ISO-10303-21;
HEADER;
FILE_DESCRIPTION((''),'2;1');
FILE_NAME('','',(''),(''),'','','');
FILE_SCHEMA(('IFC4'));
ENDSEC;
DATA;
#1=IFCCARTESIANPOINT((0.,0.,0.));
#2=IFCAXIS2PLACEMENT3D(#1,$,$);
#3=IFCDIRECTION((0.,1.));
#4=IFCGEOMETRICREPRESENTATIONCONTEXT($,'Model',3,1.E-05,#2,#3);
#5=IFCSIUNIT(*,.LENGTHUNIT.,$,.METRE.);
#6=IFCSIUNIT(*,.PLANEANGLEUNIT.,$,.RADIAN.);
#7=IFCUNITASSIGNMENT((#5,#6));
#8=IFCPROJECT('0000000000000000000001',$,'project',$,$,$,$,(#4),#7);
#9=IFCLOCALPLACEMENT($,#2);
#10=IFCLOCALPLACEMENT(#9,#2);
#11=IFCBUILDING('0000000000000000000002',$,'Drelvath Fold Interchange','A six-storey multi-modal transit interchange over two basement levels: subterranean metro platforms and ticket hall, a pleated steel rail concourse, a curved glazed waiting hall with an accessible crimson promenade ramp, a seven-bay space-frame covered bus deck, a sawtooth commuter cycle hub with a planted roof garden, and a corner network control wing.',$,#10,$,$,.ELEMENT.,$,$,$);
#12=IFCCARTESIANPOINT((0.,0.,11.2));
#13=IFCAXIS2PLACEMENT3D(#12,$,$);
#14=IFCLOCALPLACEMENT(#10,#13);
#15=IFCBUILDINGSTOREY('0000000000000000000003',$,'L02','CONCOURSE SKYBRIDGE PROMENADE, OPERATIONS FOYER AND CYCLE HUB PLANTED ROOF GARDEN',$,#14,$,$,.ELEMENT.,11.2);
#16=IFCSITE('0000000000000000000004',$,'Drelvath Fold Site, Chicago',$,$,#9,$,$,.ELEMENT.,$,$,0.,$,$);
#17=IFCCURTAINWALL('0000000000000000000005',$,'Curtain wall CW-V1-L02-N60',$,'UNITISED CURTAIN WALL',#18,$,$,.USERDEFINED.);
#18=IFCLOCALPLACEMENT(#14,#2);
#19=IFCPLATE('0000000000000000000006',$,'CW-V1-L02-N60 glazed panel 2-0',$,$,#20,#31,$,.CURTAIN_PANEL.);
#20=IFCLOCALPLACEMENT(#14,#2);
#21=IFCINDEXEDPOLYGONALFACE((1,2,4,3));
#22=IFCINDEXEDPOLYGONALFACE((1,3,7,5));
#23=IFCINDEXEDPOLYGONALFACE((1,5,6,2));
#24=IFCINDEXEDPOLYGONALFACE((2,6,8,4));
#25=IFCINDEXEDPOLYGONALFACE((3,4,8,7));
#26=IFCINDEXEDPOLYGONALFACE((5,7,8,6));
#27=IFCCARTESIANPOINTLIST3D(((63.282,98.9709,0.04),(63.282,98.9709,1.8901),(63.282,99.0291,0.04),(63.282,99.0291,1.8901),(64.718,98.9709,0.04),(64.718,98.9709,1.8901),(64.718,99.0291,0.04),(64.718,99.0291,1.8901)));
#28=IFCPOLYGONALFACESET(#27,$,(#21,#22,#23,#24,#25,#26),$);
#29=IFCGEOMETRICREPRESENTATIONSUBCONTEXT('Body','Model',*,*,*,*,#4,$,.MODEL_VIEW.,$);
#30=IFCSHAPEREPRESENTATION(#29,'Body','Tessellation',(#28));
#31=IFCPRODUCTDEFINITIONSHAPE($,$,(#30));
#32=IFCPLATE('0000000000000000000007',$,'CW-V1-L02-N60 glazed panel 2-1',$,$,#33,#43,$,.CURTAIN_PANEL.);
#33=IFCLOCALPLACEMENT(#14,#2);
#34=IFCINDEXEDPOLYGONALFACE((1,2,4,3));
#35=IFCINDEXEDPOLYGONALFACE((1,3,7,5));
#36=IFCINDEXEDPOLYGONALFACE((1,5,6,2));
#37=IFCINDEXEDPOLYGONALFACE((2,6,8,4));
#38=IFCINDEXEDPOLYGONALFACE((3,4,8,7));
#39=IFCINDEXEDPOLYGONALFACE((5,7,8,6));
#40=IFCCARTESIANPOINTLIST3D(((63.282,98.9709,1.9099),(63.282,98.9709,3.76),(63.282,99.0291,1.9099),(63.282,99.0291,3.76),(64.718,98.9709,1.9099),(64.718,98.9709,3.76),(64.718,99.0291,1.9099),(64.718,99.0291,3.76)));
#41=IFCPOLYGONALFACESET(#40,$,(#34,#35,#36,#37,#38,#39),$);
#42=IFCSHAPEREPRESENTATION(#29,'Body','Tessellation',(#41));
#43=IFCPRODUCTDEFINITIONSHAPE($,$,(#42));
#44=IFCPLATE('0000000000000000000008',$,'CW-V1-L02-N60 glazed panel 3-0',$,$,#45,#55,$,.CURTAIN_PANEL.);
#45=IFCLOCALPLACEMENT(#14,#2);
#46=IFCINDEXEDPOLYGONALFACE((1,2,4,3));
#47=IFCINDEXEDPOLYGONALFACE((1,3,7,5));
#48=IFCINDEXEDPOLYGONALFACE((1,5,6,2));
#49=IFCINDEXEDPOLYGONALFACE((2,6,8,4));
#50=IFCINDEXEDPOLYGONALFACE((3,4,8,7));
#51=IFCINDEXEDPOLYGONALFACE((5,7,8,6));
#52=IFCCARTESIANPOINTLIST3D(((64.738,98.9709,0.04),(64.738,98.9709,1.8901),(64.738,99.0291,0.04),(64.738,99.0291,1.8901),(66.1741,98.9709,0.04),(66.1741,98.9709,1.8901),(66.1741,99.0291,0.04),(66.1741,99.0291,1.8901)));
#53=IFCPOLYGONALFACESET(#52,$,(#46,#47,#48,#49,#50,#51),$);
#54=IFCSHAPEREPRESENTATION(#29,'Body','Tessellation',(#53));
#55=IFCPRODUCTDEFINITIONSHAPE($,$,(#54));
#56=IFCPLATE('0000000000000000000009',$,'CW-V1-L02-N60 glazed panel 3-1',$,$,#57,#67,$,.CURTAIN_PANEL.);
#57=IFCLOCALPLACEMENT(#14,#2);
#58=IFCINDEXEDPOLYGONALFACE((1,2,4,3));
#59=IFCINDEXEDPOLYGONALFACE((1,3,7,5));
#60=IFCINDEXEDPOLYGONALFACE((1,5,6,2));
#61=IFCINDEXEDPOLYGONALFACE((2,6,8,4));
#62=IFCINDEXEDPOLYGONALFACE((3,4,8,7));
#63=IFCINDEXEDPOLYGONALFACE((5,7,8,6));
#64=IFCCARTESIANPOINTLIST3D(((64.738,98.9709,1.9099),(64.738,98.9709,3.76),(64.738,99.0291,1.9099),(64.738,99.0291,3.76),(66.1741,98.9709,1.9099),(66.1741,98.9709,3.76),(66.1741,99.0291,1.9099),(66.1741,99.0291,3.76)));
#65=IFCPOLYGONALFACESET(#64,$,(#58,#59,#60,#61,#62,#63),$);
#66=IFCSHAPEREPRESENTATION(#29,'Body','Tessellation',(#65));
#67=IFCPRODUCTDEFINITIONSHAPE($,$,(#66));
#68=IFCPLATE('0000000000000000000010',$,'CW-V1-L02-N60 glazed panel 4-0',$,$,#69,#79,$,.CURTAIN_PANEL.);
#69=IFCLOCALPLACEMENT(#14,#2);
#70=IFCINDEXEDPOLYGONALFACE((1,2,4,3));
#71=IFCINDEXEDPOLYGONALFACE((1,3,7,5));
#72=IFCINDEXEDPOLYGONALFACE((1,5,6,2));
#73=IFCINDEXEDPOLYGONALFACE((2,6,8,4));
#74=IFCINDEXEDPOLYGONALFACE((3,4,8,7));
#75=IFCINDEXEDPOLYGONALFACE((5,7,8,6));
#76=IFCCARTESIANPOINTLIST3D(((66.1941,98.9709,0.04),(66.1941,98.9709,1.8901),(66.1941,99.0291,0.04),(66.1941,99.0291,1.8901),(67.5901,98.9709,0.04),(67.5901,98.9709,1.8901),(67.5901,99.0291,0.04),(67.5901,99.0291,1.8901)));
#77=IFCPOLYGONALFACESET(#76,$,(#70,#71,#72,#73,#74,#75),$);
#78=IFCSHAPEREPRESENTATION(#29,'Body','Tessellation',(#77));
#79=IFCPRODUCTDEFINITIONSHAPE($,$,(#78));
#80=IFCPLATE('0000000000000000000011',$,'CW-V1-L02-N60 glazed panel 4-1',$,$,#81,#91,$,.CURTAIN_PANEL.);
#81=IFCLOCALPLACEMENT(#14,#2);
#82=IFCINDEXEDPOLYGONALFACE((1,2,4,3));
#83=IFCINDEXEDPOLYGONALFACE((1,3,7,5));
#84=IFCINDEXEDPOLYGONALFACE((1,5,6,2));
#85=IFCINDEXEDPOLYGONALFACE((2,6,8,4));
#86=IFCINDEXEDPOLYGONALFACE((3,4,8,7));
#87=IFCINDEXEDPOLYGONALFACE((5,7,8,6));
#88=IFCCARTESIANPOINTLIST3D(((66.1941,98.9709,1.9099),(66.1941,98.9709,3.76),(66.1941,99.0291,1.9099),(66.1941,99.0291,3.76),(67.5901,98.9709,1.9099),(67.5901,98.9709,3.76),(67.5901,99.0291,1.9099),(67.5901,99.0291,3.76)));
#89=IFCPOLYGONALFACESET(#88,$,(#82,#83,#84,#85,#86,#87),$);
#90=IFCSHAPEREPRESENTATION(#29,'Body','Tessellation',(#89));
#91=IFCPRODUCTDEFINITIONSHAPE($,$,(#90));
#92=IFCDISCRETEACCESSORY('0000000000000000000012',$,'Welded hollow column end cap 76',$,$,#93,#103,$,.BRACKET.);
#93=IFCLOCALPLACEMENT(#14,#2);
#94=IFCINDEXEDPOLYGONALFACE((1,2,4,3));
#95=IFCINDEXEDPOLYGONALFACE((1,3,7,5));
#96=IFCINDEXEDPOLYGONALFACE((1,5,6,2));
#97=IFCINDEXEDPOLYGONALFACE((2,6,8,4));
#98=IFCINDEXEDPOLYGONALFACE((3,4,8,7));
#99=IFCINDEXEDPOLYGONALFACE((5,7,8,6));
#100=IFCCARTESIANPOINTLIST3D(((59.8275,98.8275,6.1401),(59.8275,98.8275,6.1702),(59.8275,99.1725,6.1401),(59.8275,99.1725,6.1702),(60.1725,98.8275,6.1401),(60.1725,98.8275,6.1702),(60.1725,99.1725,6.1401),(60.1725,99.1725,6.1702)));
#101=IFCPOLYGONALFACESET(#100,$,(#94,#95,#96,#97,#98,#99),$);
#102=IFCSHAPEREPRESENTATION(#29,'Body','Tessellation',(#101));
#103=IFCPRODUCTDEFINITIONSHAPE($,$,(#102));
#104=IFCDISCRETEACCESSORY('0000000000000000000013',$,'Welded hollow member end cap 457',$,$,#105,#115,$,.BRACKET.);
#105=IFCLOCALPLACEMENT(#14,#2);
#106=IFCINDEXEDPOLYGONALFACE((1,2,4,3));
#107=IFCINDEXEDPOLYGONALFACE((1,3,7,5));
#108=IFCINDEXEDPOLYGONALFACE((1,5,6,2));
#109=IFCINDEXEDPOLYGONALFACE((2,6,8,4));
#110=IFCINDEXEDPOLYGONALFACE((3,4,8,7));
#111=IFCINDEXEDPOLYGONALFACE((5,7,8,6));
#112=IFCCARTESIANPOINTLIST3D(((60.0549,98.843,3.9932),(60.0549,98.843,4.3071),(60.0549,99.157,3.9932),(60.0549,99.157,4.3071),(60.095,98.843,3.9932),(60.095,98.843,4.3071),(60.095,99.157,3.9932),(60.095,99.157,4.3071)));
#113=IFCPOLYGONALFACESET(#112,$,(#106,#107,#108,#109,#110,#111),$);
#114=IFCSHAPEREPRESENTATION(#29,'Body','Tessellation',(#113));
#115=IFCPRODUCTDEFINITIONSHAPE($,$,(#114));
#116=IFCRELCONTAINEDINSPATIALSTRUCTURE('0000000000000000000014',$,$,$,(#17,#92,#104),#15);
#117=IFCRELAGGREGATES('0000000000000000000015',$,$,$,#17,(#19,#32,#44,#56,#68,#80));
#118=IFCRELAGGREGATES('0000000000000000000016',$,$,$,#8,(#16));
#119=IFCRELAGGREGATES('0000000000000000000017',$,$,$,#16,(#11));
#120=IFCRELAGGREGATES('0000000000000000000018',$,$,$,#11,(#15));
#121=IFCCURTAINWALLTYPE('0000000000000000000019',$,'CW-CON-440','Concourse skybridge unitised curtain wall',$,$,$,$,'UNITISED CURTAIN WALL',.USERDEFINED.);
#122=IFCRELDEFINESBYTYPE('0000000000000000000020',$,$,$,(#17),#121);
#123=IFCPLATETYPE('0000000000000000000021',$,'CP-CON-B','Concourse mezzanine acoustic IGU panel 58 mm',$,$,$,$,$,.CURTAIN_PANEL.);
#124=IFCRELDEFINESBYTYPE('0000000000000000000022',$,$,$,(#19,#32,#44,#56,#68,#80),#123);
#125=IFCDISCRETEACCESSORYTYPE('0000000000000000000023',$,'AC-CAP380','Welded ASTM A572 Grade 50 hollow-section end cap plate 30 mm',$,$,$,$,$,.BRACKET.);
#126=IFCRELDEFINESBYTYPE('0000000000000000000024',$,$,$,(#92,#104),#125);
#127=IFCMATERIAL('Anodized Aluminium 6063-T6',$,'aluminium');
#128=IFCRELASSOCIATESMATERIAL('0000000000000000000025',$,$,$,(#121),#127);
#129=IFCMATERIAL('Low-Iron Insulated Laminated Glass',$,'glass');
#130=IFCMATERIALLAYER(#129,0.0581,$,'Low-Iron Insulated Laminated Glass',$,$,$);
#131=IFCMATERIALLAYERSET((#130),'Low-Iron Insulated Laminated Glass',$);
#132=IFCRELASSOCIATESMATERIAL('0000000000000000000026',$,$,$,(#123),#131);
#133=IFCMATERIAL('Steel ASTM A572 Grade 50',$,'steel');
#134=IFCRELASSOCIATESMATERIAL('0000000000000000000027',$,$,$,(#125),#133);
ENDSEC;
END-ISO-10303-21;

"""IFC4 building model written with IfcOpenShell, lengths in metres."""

from ifc_helpers import new_model, si_unit, direction, frame, origin, origin_2d, place, context, subcontext, project, spatial, rectangle, extrude, material, layer, layer_set, type_object, element, aggregate, save


model = new_model("IFC4")

# Units and contexts
model_context = context("Model", 3, precision=1e-05, world=origin(), true_north=direction((0.0, 1.0)))
body_context = subcontext(model_context, "Body", "Model", "MODEL_VIEW")
ifc_project = project(units=[si_unit("LENGTHUNIT", "METRE"), si_unit("PLANEANGLEUNIT", "RADIAN")], contexts=[model_context])

# Site, building, storey
site_placement = place(None, origin())
site = spatial("IfcSite", under=ifc_project, at=site_placement, Name="Drelvath Fold Site, Chicago", CompositionType="ELEMENT", RefElevation=0.0)
building_placement = place(site_placement, origin())
building = spatial("IfcBuilding", under=site, at=building_placement, Name="Drelvath Fold Interchange", Description="A six-storey multi-modal transit interchange over two basement levels: subterranean metro platforms and ticket hall, a pleated steel rail concourse, a curved glazed waiting hall with an accessible crimson promenade ramp, a seven-bay space-frame covered bus deck, a sawtooth commuter cycle hub with a planted roof garden, and a corner network control wing.", CompositionType="ELEMENT")
storey_placement = place(building_placement, frame((0.0, 0.0, 11.2)))
storey = spatial("IfcBuildingStorey", under=building, at=storey_placement, Name="L02", Description="CONCOURSE SKYBRIDGE PROMENADE, OPERATIONS FOYER AND CYCLE HUB PLANTED ROOF GARDEN", CompositionType="ELEMENT", Elevation=11.2)

# Curtain wall, plates
ifc_material_1 = material(Name="Anodized Aluminium 6063-T6", Category="aluminium")
curtain_wall_type = type_object("IfcCurtainWallType", Name="CW-CON-440", Description="Concourse skybridge unitised curtain wall", ElementType="UNITISED CURTAIN WALL", PredefinedType="USERDEFINED", material=ifc_material_1)
curtain_wall_placement = place(storey_placement, origin())
curtain_wall = element("IfcCurtainWall", 1, at=curtain_wall_placement, inside=storey, type_object=curtain_wall_type, Name="Curtain wall CW-V1-L02-N60", ObjectType="UNITISED CURTAIN WALL", PredefinedType="USERDEFINED")
ifc_material_2 = material(Name="Low-Iron Insulated Laminated Glass", Category="glass")
ifc_layer = layer(ifc_material_2, 0.0581, Name="Low-Iron Insulated Laminated Glass")
ifc_layer_set = layer_set([ifc_layer], Name="Low-Iron Insulated Laminated Glass")
plate_type = type_object("IfcPlateType", Name="CP-CON-B", Description="Concourse mezzanine acoustic IGU panel 58 mm", PredefinedType="CURTAIN_PANEL", material=ifc_layer_set)
plate_1_placement = place(storey_placement, frame((64.0, 99.0, 0.04), z_axis=(0.0, 0.0, 1.0), x_axis=(1.0, 0.0, 0.0)))
plate_1 = element("IfcPlate", 2, at=plate_1_placement, type_object=plate_type, Name="CW-V1-L02-N60 glazed panel 2-0", PredefinedType="CURTAIN_PANEL", context=body_context, shape_type="SweptSolid", body=[
    extrude(rectangle(XDim=1.436, YDim=0.0581, at=origin_2d()), origin(), (0.0, 0.0, 1.0), 1.8501),
])
plate_2_placement = place(storey_placement, frame((64.0, 99.0, 1.9099), z_axis=(0.0, 0.0, 1.0), x_axis=(1.0, 0.0, 0.0)))
plate_2 = element("IfcPlate", 3, at=plate_2_placement, type_object=plate_type, Name="CW-V1-L02-N60 glazed panel 2-1", PredefinedType="CURTAIN_PANEL", context=body_context, shape_type="SweptSolid", body=[
    extrude(rectangle(XDim=1.436, YDim=0.0581, at=origin_2d()), origin(), (0.0, 0.0, 1.0), 1.8501),
])
plate_3_placement = place(storey_placement, frame((65.4561, 99.0, 0.04), z_axis=(0.0, 0.0, 1.0), x_axis=(1.0, 0.0, 0.0)))
plate_3 = element("IfcPlate", 4, at=plate_3_placement, type_object=plate_type, Name="CW-V1-L02-N60 glazed panel 3-0", PredefinedType="CURTAIN_PANEL", context=body_context, shape_type="SweptSolid", body=[
    extrude(rectangle(XDim=1.436, YDim=0.0581, at=origin_2d()), origin(), (0.0, 0.0, 1.0), 1.8501),
])
plate_4_placement = place(storey_placement, frame((65.4561, 99.0, 1.9099), z_axis=(0.0, 0.0, 1.0), x_axis=(1.0, 0.0, 0.0)))
plate_4 = element("IfcPlate", 5, at=plate_4_placement, type_object=plate_type, Name="CW-V1-L02-N60 glazed panel 3-1", PredefinedType="CURTAIN_PANEL", context=body_context, shape_type="SweptSolid", body=[
    extrude(rectangle(XDim=1.436, YDim=0.0581, at=origin_2d()), origin(), (0.0, 0.0, 1.0), 1.8501),
])
plate_5_placement = place(storey_placement, frame((66.8921, 99.0, 0.04), z_axis=(0.0, 0.0, 1.0), x_axis=(1.0, 0.0, 0.0)))
plate_5 = element("IfcPlate", 6, at=plate_5_placement, type_object=plate_type, Name="CW-V1-L02-N60 glazed panel 4-0", PredefinedType="CURTAIN_PANEL", context=body_context, shape_type="SweptSolid", body=[
    extrude(rectangle(XDim=1.396, YDim=0.0581, at=origin_2d()), origin(), (0.0, 0.0, 1.0), 1.8501),
])
plate_6_placement = place(storey_placement, frame((66.8921, 99.0, 1.9099), z_axis=(0.0, 0.0, 1.0), x_axis=(1.0, 0.0, 0.0)))
plate_6 = element("IfcPlate", 7, at=plate_6_placement, type_object=plate_type, Name="CW-V1-L02-N60 glazed panel 4-1", PredefinedType="CURTAIN_PANEL", context=body_context, shape_type="SweptSolid", body=[
    extrude(rectangle(XDim=1.396, YDim=0.0581, at=origin_2d()), origin(), (0.0, 0.0, 1.0), 1.8501),
])
aggregate(curtain_wall, [plate_1, plate_2, plate_3, plate_4, plate_5, plate_6])

# Discrete accessories
ifc_material_3 = material(Name="Steel ASTM A572 Grade 50", Category="steel")
discrete_accessory_type = type_object("IfcDiscreteAccessoryType", Name="AC-CAP380", Description="Welded ASTM A572 Grade 50 hollow-section end cap plate 30 mm", PredefinedType="BRACKET", material=ifc_material_3)
discrete_accessory_1_placement = place(storey_placement, frame((60.0, 99.0, 6.1401), z_axis=(0.0, 0.0, 1.0), x_axis=(1.0, 0.0, 0.0)))
element("IfcDiscreteAccessory", 8, at=discrete_accessory_1_placement, inside=storey, type_object=discrete_accessory_type, Name="Welded hollow column end cap 76", PredefinedType="BRACKET", context=body_context, shape_type="SweptSolid", body=[
    extrude(rectangle(XDim=0.345, YDim=0.345, at=origin_2d()), origin(), (0.0, 0.0, 1.0), 0.03),
])
discrete_accessory_2_placement = place(storey_placement, frame((60.075, 99.0, 3.9932), z_axis=(0.0, 0.0, 1.0), x_axis=(1.0, 0.0, 0.0)))
element("IfcDiscreteAccessory", 9, at=discrete_accessory_2_placement, inside=storey, type_object=discrete_accessory_type, Name="Welded hollow member end cap 457", PredefinedType="BRACKET", context=body_context, shape_type="SweptSolid", body=[
    extrude(rectangle(XDim=0.04, YDim=0.314, at=origin_2d()), origin(), (0.0, 0.0, 1.0), 0.314),
])

save(model, "model.ifc")
